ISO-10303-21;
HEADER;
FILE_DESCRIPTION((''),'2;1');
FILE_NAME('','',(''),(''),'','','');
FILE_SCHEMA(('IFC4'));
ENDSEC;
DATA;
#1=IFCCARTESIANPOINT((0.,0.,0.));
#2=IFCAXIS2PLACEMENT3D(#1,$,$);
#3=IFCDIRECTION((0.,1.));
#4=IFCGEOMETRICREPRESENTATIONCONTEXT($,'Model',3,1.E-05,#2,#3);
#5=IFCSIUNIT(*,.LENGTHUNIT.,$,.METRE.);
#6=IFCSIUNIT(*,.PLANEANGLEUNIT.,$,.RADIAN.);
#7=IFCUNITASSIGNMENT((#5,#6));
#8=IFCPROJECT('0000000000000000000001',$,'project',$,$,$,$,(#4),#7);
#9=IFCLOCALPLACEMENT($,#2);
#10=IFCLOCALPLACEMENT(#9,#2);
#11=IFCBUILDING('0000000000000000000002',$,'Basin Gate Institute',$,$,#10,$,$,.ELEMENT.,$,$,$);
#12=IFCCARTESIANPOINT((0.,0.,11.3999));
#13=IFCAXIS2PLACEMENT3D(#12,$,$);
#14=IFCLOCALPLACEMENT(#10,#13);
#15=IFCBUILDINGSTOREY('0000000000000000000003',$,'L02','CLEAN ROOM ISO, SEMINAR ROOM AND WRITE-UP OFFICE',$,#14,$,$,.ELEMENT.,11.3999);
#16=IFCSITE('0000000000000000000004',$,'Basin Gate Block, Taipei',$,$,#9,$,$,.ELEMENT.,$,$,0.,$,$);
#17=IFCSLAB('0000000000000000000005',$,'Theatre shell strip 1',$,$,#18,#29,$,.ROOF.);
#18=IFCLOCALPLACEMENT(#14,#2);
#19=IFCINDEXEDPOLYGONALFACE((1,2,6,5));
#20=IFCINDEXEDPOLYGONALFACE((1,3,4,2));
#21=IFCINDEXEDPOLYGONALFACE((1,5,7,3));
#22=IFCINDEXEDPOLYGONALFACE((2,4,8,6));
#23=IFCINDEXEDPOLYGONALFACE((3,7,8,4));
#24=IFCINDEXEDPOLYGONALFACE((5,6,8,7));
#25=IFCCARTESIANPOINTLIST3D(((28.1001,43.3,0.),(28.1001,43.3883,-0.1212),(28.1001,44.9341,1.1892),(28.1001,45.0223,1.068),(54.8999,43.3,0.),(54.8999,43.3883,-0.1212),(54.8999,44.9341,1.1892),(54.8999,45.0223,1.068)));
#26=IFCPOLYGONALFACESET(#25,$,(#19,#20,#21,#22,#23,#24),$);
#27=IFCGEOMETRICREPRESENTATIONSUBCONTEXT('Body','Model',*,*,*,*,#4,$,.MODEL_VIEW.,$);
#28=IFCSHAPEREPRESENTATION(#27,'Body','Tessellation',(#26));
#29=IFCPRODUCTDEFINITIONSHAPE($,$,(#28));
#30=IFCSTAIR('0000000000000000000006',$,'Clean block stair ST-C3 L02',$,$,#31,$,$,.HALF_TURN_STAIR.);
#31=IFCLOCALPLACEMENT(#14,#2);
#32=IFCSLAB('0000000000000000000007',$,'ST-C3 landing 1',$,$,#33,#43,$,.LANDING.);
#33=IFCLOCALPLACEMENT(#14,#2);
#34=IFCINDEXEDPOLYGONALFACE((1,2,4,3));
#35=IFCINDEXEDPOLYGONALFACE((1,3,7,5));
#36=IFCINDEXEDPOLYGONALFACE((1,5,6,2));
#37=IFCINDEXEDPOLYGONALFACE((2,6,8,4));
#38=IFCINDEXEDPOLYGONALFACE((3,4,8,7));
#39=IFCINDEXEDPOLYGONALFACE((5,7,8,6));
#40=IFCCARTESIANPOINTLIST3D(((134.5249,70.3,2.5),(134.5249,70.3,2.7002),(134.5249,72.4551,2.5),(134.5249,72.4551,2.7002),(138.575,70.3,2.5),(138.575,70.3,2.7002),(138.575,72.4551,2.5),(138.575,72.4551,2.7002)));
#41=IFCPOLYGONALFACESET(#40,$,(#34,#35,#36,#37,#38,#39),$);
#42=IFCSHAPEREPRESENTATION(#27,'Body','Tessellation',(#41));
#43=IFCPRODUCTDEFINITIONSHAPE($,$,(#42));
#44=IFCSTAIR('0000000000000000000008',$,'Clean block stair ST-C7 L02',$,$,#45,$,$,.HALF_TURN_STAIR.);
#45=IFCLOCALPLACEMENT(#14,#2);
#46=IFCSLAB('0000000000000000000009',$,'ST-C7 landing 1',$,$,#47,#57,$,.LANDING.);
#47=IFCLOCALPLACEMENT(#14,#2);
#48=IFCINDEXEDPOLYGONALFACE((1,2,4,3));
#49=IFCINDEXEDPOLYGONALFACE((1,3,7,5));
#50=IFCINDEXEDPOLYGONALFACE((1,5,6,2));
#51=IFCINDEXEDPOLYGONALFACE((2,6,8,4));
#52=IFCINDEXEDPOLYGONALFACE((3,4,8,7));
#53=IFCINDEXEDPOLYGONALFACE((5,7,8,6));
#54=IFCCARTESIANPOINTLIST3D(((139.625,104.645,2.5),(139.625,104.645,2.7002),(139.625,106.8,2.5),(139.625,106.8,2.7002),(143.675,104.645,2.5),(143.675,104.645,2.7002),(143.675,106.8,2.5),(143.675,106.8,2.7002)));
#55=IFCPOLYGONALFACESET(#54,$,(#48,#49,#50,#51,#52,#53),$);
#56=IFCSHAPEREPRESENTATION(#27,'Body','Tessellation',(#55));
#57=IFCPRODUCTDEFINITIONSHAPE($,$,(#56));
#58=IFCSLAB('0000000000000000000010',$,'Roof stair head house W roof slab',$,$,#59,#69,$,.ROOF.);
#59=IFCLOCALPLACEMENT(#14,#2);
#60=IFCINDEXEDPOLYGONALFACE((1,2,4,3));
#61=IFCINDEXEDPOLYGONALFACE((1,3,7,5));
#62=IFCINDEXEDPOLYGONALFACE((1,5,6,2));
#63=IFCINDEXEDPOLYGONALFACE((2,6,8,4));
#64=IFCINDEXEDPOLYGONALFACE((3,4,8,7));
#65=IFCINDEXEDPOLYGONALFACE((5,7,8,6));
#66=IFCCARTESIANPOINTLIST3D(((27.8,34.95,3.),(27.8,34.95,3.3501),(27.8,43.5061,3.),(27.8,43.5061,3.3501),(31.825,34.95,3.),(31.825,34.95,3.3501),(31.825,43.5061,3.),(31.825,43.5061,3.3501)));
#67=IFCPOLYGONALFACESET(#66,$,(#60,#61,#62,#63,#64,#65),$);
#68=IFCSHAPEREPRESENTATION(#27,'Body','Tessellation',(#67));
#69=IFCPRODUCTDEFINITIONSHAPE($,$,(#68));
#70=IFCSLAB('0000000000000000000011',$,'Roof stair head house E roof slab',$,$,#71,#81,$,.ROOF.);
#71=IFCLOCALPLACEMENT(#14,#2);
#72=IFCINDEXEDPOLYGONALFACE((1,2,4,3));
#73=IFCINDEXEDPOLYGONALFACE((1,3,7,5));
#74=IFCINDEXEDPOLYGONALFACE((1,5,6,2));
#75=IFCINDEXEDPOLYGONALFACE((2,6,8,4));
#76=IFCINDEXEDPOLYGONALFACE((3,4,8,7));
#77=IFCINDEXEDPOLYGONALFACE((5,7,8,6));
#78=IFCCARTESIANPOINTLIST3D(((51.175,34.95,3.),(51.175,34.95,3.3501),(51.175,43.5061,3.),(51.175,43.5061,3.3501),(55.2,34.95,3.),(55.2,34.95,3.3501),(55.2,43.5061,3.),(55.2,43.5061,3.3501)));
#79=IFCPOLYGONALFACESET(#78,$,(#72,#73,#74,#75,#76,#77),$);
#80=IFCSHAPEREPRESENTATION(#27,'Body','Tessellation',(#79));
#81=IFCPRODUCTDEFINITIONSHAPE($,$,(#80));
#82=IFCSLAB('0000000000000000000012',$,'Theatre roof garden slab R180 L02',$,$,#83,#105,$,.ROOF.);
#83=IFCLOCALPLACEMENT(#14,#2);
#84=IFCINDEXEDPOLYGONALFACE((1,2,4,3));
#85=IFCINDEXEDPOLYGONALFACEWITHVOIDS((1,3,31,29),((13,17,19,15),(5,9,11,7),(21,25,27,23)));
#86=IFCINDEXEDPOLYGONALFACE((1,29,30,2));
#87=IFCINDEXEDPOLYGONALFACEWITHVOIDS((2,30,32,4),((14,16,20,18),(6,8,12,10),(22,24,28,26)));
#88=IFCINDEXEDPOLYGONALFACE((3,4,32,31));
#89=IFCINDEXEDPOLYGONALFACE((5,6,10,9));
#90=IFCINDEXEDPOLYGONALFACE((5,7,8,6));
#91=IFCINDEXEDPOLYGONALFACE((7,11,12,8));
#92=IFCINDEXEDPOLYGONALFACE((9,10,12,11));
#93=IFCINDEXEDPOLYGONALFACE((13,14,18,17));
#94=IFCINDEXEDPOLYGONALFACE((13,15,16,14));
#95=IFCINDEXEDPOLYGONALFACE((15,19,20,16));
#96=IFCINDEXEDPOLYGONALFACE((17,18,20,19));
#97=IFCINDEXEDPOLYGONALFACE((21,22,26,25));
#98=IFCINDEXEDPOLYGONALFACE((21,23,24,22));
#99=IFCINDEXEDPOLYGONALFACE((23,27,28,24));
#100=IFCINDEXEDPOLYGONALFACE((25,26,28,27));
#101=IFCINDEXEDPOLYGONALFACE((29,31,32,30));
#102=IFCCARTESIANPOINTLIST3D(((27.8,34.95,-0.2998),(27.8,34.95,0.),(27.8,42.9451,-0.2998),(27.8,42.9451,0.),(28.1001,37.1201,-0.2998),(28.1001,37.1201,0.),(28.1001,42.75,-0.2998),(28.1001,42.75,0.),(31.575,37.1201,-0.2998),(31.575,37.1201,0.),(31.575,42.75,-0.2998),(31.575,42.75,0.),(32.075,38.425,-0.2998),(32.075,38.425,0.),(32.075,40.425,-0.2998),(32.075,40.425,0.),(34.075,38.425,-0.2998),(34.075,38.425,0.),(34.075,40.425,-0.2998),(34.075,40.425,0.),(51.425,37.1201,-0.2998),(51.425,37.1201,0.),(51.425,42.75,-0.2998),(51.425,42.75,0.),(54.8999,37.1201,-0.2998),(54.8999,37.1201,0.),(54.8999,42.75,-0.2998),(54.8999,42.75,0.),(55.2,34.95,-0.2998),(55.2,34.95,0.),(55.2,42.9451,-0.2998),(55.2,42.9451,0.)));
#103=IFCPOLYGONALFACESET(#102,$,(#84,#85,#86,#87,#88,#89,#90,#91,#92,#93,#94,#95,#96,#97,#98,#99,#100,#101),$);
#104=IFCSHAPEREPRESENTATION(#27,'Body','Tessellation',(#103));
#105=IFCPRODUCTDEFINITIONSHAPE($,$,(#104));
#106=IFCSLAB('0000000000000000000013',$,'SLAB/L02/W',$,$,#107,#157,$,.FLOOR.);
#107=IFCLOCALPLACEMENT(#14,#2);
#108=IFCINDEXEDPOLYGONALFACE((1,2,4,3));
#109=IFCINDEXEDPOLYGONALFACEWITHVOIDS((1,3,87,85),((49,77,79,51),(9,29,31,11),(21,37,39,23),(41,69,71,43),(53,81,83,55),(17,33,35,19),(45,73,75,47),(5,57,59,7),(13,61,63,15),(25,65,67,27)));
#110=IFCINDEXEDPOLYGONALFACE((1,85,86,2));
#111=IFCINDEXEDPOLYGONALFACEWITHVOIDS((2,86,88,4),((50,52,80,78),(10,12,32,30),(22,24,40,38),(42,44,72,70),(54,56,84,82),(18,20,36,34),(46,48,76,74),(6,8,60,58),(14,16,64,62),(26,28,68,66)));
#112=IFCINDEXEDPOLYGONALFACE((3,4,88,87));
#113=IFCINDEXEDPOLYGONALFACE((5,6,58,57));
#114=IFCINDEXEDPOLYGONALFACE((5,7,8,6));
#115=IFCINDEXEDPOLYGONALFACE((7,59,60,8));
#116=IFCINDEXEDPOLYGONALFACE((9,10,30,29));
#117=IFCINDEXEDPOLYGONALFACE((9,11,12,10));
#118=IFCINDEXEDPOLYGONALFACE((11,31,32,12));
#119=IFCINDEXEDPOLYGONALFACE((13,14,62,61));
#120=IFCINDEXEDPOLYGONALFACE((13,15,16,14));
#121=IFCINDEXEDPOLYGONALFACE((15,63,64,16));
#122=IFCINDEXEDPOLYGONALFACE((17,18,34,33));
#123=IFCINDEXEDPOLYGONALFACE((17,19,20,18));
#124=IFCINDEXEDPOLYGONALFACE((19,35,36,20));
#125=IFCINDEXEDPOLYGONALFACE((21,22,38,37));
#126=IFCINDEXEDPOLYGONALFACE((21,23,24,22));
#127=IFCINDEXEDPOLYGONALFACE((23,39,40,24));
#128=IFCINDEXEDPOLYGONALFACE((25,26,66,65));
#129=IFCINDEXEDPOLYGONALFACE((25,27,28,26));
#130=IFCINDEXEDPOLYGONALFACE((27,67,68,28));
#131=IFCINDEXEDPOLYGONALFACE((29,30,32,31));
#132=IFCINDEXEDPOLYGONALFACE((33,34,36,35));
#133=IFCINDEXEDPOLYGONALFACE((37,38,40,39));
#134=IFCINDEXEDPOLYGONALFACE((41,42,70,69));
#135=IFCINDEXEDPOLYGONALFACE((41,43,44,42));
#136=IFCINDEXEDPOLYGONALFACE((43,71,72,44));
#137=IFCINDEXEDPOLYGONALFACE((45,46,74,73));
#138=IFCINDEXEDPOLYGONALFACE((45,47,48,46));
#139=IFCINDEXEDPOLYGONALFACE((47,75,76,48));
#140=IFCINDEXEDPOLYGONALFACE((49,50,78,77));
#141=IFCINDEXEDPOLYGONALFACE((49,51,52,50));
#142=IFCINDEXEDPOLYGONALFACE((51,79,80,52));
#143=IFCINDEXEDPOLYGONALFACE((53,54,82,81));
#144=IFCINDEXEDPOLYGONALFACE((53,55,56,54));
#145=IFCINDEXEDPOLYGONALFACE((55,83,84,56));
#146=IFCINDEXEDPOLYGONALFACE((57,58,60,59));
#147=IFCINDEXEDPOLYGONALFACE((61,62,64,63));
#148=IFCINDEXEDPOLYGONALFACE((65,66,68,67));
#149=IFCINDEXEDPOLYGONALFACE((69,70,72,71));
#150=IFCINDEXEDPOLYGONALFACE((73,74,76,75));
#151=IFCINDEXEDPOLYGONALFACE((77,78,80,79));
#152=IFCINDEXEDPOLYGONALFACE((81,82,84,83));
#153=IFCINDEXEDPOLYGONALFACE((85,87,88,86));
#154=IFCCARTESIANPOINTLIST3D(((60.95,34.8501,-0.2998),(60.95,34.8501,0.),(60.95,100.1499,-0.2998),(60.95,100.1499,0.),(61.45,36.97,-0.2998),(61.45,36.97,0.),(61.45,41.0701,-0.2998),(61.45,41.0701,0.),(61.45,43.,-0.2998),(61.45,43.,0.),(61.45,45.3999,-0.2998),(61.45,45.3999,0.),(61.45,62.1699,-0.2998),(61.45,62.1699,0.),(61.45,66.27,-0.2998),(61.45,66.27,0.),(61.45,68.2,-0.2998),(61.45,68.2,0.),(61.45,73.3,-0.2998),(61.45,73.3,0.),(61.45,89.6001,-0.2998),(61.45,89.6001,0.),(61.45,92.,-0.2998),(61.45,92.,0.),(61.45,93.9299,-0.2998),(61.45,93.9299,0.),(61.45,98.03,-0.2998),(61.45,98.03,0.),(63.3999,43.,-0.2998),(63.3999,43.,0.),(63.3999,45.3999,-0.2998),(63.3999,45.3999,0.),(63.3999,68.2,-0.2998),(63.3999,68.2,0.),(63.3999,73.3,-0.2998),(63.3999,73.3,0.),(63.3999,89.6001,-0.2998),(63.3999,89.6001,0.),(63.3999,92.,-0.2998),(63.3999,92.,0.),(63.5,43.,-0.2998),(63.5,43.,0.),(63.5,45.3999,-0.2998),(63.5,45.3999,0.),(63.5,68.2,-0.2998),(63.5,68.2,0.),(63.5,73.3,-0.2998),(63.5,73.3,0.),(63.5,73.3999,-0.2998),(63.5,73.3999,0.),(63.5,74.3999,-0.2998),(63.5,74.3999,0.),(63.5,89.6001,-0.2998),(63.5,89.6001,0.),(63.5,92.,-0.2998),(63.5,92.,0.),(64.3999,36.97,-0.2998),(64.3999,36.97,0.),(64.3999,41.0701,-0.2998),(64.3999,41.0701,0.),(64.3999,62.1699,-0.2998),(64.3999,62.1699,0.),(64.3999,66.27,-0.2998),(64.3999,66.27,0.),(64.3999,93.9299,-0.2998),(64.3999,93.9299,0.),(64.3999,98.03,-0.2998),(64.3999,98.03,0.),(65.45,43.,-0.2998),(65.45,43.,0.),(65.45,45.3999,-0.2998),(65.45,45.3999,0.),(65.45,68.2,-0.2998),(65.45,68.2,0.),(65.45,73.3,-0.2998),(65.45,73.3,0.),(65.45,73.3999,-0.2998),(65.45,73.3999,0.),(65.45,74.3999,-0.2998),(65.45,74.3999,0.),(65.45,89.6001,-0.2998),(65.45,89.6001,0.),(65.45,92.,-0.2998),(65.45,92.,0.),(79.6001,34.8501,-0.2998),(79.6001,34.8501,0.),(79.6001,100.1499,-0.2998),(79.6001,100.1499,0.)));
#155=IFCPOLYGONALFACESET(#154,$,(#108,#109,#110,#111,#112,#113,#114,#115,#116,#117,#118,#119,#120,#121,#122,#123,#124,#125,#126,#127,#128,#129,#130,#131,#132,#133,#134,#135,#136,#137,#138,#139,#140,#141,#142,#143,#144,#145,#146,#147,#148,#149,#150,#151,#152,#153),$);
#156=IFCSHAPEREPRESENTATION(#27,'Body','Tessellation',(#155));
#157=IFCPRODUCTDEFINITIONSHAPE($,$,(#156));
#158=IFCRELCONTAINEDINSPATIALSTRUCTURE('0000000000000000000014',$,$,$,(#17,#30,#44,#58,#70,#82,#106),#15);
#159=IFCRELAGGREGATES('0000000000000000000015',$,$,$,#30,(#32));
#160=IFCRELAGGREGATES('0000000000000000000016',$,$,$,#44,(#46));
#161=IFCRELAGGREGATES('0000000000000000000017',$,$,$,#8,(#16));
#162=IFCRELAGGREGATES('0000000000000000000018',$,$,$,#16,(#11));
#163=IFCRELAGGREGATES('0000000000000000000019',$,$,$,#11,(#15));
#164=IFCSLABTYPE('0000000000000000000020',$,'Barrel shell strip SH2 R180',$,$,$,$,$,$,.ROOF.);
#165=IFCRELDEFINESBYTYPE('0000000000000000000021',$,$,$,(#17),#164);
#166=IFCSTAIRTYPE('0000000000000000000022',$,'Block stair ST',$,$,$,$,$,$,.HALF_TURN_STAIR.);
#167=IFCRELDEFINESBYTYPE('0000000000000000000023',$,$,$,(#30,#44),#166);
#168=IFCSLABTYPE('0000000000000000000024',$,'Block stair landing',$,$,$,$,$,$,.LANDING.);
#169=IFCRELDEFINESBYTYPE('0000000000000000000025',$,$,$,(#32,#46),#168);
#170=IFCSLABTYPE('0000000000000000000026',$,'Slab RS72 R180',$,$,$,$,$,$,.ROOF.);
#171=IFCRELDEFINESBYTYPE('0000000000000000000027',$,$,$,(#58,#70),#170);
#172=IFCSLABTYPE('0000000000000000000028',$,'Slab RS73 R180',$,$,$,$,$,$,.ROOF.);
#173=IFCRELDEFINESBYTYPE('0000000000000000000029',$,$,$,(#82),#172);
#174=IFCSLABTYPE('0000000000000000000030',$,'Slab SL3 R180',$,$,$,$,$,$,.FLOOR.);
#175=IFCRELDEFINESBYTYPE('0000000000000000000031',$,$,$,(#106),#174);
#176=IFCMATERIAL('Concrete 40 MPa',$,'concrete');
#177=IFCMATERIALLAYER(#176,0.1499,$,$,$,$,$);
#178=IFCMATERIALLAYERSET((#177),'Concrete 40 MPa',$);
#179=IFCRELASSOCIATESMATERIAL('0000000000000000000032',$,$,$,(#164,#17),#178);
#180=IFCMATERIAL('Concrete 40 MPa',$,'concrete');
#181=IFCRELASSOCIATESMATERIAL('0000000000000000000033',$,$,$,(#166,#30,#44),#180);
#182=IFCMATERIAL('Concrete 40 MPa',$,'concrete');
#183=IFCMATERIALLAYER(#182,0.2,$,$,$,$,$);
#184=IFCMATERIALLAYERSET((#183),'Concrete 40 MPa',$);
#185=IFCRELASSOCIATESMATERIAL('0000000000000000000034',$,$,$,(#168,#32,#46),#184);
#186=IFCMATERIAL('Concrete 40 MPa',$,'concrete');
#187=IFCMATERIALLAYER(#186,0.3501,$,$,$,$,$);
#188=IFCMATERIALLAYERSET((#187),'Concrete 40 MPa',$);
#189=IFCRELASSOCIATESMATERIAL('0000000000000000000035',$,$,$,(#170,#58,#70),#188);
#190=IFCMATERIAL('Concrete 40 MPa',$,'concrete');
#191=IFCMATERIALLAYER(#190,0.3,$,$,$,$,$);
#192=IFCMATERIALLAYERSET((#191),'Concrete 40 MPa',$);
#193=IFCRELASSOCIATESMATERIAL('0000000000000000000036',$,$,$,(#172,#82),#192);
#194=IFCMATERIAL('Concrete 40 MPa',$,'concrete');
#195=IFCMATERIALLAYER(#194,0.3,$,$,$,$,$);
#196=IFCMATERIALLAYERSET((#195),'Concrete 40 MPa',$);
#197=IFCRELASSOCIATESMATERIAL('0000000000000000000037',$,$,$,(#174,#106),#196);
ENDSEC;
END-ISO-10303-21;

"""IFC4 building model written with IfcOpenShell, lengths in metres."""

from ifc_helpers import new_model, si_unit, direction, frame, origin, place, context, subcontext, project, spatial, polyline, outline, extrude, material, layer, layer_set, type_object, element, aggregate, save


model = new_model("IFC4")

# Units and contexts
model_context = context("Model", 3, precision=1e-05, world=origin(), true_north=direction((0.0, 1.0)))
body_context = subcontext(model_context, "Body", "Model", "MODEL_VIEW")
ifc_project = project(units=[si_unit("LENGTHUNIT", "METRE"), si_unit("PLANEANGLEUNIT", "RADIAN")], contexts=[model_context])

# Site, building, storey
site_placement = place(None, origin())
site = spatial("IfcSite", under=ifc_project, at=site_placement, Name="Basin Gate Block, Taipei", CompositionType="ELEMENT", RefElevation=0.0)
building_placement = place(site_placement, origin())
building = spatial("IfcBuilding", under=site, at=building_placement, Name="Basin Gate Institute", CompositionType="ELEMENT")
storey_placement = place(building_placement, frame((0.0, 0.0, 11.3999)))
storey = spatial("IfcBuildingStorey", under=building, at=storey_placement, Name="L02", Description="CLEAN ROOM ISO, SEMINAR ROOM AND WRITE-UP OFFICE", CompositionType="ELEMENT", Elevation=11.3999)

# Slab
ifc_material_1 = material(Name="Concrete 40 MPa", Category="concrete")
ifc_layer_1 = layer(ifc_material_1, 0.1499)
ifc_layer_set_1 = layer_set([ifc_layer_1], Name="Concrete 40 MPa")
slab_type_1 = type_object("IfcSlabType", Name="Barrel shell strip SH2 R180", PredefinedType="ROOF", material=ifc_layer_set_1)
slab_1_placement = place(storey_placement, frame((28.1001, 43.3, 0.0), z_axis=(0.0, -0.588437, 0.808543), x_axis=(0.0, 0.808543, 0.588437)))
element("IfcSlab", 1, at=slab_1_placement, inside=storey, type_object=slab_type_1, material=ifc_layer_set_1, Name="Theatre shell strip 1", PredefinedType="ROOF", context=body_context, shape_type="SweptSolid", body=[
    extrude(outline(polyline([(0.0, 0.0), (2.021, 0.0), (2.021, -26.7998), (0.0, -26.7998), (0.0, 0.0)])), origin(), (0.0, 0.0, -1.0), 0.1499),
])

# Stairs, slabs
ifc_material_2 = material(Name="Concrete 40 MPa", Category="concrete")
stair_type_1 = type_object("IfcStairType", Name="Block stair ST", PredefinedType="HALF_TURN_STAIR", material=ifc_material_2)
stair_1_placement = place(storey_placement, origin())
stair_1 = element("IfcStair", 2, at=stair_1_placement, inside=storey, type_object=stair_type_1, material=ifc_material_2, Name="Clean block stair ST-C3 L02", PredefinedType="HALF_TURN_STAIR")
ifc_material_3 = material(Name="Concrete 40 MPa", Category="concrete")
ifc_layer_2 = layer(ifc_material_3, 0.2)
ifc_layer_set_2 = layer_set([ifc_layer_2], Name="Concrete 40 MPa")
slab_type_2 = type_object("IfcSlabType", Name="Block stair landing", PredefinedType="LANDING", material=ifc_layer_set_2)
slab_2_placement = place(storey_placement, frame((0.0, 0.0, 2.5)))
slab_2 = element("IfcSlab", 3, at=slab_2_placement, type_object=slab_type_2, material=ifc_layer_set_2, Name="ST-C3 landing 1", PredefinedType="LANDING", context=body_context, shape_type="SweptSolid", body=[
    extrude(outline(polyline([(134.5249, 70.3), (138.575, 70.3), (138.575, 72.4551), (134.5249, 72.4551), (134.5249, 70.3)])), origin(), (0.0, 0.0, 1.0), 0.2002),
])
aggregate(stair_1, [slab_2])
stair_2_placement = place(storey_placement, origin())
stair_2 = element("IfcStair", 4, at=stair_2_placement, inside=storey, type_object=stair_type_1, material=ifc_material_2, Name="Clean block stair ST-C7 L02", PredefinedType="HALF_TURN_STAIR")
slab_3_placement = place(storey_placement, frame((0.0, 0.0, 2.5)))
slab_3 = element("IfcSlab", 5, at=slab_3_placement, type_object=slab_type_2, material=ifc_layer_set_2, Name="ST-C7 landing 1", PredefinedType="LANDING", context=body_context, shape_type="SweptSolid", body=[
    extrude(outline(polyline([(139.625, 104.645), (143.675, 104.645), (143.675, 106.8), (139.625, 106.8), (139.625, 104.645)])), origin(), (0.0, 0.0, 1.0), 0.2002),
])
aggregate(stair_2, [slab_3])

# Slabs
ifc_material_4 = material(Name="Concrete 40 MPa", Category="concrete")
ifc_layer_3 = layer(ifc_material_4, 0.3501)
ifc_layer_set_3 = layer_set([ifc_layer_3], Name="Concrete 40 MPa")
slab_type_3 = type_object("IfcSlabType", Name="Slab RS72 R180", PredefinedType="ROOF", material=ifc_layer_set_3)
slab_4_placement = place(storey_placement, frame((0.0, 0.0, 3.0)))
element("IfcSlab", 6, at=slab_4_placement, inside=storey, type_object=slab_type_3, material=ifc_layer_set_3, Name="Roof stair head house W roof slab", PredefinedType="ROOF", context=body_context, shape_type="SweptSolid", body=[
    extrude(outline(polyline([(27.8, 34.95), (31.825, 34.95), (31.825, 43.5061), (27.8, 43.5061), (27.8, 34.95)])), origin(), (0.0, 0.0, 1.0), 0.3501),
])
slab_5_placement = place(storey_placement, frame((0.0, 0.0, 3.0)))
element("IfcSlab", 7, at=slab_5_placement, inside=storey, type_object=slab_type_3, material=ifc_layer_set_3, Name="Roof stair head house E roof slab", PredefinedType="ROOF", context=body_context, shape_type="SweptSolid", body=[
    extrude(outline(polyline([(51.175, 34.95), (55.2, 34.95), (55.2, 43.5061), (51.175, 43.5061), (51.175, 34.95)])), origin(), (0.0, 0.0, 1.0), 0.3501),
])
ifc_material_5 = material(Name="Concrete 40 MPa", Category="concrete")
ifc_layer_4 = layer(ifc_material_5, 0.3)
ifc_layer_set_4 = layer_set([ifc_layer_4], Name="Concrete 40 MPa")
slab_type_4 = type_object("IfcSlabType", Name="Slab RS73 R180", PredefinedType="ROOF", material=ifc_layer_set_4)
slab_6_placement = place(storey_placement, frame((0.0, 0.0, -0.2998)))
element("IfcSlab", 8, at=slab_6_placement, inside=storey, type_object=slab_type_4, material=ifc_layer_set_4, Name="Theatre roof garden slab R180 L02", PredefinedType="ROOF", context=body_context, shape_type="SweptSolid", body=[
    extrude(outline(polyline([(27.8, 42.9451), (27.8, 34.95), (55.2, 34.95), (55.2, 42.9451), (27.8, 42.9451)]), holes=[polyline([(32.075, 38.425), (32.075, 40.425), (34.075, 40.425), (34.075, 38.425), (32.075, 38.425)]), polyline([(28.1001, 42.75), (31.575, 42.75), (31.575, 37.1201), (28.1001, 37.1201), (28.1001, 42.75)]), polyline([(51.425, 42.75), (54.8999, 42.75), (54.8999, 37.1201), (51.425, 37.1201), (51.425, 42.75)])]), origin(), (0.0, 0.0, 1.0), 0.2998),
])
ifc_material_6 = material(Name="Concrete 40 MPa", Category="concrete")
ifc_layer_5 = layer(ifc_material_6, 0.3)
ifc_layer_set_5 = layer_set([ifc_layer_5], Name="Concrete 40 MPa")
slab_type_5 = type_object("IfcSlabType", Name="Slab SL3 R180", PredefinedType="FLOOR", material=ifc_layer_set_5)
slab_7_placement = place(storey_placement, frame((0.0, 0.0, -0.2998)))
element("IfcSlab", 9, at=slab_7_placement, inside=storey, type_object=slab_type_5, material=ifc_layer_set_5, Name="SLAB/L02/W", PredefinedType="FLOOR", context=body_context, shape_type="SweptSolid", body=[
    extrude(outline(polyline([(60.95, 34.8501), (79.6001, 34.8501), (79.6001, 100.1499), (60.95, 100.1499), (60.95, 34.8501)]), holes=[polyline([(61.45, 36.97), (64.3999, 36.97), (64.3999, 41.0701), (61.45, 41.0701), (61.45, 36.97)]), polyline([(61.45, 62.1699), (64.3999, 62.1699), (64.3999, 66.27), (61.45, 66.27), (61.45, 62.1699)]), polyline([(61.45, 93.9299), (64.3999, 93.9299), (64.3999, 98.03), (61.45, 98.03), (61.45, 93.9299)]), polyline([(61.45, 43.0), (63.3999, 43.0), (63.3999, 45.3999), (61.45, 45.3999), (61.45, 43.0)]), polyline([(61.45, 68.2), (63.3999, 68.2), (63.3999, 73.3), (61.45, 73.3), (61.45, 68.2)]), polyline([(63.5, 73.3999), (65.45, 73.3999), (65.45, 74.3999), (63.5, 74.3999), (63.5, 73.3999)]), polyline([(61.45, 89.6001), (63.3999, 89.6001), (63.3999, 92.0), (61.45, 92.0), (61.45, 89.6001)]), polyline([(63.5, 43.0), (65.45, 43.0), (65.45, 45.3999), (63.5, 45.3999), (63.5, 43.0)]), polyline([(65.45, 68.2), (63.5, 68.2), (63.5, 73.3), (65.45, 73.3), (65.45, 68.2)]), polyline([(63.5, 89.6001), (65.45, 89.6001), (65.45, 92.0), (63.5, 92.0), (63.5, 89.6001)])]), origin(), (0.0, 0.0, 1.0), 0.2998),
])

save(model, "model.ifc")
